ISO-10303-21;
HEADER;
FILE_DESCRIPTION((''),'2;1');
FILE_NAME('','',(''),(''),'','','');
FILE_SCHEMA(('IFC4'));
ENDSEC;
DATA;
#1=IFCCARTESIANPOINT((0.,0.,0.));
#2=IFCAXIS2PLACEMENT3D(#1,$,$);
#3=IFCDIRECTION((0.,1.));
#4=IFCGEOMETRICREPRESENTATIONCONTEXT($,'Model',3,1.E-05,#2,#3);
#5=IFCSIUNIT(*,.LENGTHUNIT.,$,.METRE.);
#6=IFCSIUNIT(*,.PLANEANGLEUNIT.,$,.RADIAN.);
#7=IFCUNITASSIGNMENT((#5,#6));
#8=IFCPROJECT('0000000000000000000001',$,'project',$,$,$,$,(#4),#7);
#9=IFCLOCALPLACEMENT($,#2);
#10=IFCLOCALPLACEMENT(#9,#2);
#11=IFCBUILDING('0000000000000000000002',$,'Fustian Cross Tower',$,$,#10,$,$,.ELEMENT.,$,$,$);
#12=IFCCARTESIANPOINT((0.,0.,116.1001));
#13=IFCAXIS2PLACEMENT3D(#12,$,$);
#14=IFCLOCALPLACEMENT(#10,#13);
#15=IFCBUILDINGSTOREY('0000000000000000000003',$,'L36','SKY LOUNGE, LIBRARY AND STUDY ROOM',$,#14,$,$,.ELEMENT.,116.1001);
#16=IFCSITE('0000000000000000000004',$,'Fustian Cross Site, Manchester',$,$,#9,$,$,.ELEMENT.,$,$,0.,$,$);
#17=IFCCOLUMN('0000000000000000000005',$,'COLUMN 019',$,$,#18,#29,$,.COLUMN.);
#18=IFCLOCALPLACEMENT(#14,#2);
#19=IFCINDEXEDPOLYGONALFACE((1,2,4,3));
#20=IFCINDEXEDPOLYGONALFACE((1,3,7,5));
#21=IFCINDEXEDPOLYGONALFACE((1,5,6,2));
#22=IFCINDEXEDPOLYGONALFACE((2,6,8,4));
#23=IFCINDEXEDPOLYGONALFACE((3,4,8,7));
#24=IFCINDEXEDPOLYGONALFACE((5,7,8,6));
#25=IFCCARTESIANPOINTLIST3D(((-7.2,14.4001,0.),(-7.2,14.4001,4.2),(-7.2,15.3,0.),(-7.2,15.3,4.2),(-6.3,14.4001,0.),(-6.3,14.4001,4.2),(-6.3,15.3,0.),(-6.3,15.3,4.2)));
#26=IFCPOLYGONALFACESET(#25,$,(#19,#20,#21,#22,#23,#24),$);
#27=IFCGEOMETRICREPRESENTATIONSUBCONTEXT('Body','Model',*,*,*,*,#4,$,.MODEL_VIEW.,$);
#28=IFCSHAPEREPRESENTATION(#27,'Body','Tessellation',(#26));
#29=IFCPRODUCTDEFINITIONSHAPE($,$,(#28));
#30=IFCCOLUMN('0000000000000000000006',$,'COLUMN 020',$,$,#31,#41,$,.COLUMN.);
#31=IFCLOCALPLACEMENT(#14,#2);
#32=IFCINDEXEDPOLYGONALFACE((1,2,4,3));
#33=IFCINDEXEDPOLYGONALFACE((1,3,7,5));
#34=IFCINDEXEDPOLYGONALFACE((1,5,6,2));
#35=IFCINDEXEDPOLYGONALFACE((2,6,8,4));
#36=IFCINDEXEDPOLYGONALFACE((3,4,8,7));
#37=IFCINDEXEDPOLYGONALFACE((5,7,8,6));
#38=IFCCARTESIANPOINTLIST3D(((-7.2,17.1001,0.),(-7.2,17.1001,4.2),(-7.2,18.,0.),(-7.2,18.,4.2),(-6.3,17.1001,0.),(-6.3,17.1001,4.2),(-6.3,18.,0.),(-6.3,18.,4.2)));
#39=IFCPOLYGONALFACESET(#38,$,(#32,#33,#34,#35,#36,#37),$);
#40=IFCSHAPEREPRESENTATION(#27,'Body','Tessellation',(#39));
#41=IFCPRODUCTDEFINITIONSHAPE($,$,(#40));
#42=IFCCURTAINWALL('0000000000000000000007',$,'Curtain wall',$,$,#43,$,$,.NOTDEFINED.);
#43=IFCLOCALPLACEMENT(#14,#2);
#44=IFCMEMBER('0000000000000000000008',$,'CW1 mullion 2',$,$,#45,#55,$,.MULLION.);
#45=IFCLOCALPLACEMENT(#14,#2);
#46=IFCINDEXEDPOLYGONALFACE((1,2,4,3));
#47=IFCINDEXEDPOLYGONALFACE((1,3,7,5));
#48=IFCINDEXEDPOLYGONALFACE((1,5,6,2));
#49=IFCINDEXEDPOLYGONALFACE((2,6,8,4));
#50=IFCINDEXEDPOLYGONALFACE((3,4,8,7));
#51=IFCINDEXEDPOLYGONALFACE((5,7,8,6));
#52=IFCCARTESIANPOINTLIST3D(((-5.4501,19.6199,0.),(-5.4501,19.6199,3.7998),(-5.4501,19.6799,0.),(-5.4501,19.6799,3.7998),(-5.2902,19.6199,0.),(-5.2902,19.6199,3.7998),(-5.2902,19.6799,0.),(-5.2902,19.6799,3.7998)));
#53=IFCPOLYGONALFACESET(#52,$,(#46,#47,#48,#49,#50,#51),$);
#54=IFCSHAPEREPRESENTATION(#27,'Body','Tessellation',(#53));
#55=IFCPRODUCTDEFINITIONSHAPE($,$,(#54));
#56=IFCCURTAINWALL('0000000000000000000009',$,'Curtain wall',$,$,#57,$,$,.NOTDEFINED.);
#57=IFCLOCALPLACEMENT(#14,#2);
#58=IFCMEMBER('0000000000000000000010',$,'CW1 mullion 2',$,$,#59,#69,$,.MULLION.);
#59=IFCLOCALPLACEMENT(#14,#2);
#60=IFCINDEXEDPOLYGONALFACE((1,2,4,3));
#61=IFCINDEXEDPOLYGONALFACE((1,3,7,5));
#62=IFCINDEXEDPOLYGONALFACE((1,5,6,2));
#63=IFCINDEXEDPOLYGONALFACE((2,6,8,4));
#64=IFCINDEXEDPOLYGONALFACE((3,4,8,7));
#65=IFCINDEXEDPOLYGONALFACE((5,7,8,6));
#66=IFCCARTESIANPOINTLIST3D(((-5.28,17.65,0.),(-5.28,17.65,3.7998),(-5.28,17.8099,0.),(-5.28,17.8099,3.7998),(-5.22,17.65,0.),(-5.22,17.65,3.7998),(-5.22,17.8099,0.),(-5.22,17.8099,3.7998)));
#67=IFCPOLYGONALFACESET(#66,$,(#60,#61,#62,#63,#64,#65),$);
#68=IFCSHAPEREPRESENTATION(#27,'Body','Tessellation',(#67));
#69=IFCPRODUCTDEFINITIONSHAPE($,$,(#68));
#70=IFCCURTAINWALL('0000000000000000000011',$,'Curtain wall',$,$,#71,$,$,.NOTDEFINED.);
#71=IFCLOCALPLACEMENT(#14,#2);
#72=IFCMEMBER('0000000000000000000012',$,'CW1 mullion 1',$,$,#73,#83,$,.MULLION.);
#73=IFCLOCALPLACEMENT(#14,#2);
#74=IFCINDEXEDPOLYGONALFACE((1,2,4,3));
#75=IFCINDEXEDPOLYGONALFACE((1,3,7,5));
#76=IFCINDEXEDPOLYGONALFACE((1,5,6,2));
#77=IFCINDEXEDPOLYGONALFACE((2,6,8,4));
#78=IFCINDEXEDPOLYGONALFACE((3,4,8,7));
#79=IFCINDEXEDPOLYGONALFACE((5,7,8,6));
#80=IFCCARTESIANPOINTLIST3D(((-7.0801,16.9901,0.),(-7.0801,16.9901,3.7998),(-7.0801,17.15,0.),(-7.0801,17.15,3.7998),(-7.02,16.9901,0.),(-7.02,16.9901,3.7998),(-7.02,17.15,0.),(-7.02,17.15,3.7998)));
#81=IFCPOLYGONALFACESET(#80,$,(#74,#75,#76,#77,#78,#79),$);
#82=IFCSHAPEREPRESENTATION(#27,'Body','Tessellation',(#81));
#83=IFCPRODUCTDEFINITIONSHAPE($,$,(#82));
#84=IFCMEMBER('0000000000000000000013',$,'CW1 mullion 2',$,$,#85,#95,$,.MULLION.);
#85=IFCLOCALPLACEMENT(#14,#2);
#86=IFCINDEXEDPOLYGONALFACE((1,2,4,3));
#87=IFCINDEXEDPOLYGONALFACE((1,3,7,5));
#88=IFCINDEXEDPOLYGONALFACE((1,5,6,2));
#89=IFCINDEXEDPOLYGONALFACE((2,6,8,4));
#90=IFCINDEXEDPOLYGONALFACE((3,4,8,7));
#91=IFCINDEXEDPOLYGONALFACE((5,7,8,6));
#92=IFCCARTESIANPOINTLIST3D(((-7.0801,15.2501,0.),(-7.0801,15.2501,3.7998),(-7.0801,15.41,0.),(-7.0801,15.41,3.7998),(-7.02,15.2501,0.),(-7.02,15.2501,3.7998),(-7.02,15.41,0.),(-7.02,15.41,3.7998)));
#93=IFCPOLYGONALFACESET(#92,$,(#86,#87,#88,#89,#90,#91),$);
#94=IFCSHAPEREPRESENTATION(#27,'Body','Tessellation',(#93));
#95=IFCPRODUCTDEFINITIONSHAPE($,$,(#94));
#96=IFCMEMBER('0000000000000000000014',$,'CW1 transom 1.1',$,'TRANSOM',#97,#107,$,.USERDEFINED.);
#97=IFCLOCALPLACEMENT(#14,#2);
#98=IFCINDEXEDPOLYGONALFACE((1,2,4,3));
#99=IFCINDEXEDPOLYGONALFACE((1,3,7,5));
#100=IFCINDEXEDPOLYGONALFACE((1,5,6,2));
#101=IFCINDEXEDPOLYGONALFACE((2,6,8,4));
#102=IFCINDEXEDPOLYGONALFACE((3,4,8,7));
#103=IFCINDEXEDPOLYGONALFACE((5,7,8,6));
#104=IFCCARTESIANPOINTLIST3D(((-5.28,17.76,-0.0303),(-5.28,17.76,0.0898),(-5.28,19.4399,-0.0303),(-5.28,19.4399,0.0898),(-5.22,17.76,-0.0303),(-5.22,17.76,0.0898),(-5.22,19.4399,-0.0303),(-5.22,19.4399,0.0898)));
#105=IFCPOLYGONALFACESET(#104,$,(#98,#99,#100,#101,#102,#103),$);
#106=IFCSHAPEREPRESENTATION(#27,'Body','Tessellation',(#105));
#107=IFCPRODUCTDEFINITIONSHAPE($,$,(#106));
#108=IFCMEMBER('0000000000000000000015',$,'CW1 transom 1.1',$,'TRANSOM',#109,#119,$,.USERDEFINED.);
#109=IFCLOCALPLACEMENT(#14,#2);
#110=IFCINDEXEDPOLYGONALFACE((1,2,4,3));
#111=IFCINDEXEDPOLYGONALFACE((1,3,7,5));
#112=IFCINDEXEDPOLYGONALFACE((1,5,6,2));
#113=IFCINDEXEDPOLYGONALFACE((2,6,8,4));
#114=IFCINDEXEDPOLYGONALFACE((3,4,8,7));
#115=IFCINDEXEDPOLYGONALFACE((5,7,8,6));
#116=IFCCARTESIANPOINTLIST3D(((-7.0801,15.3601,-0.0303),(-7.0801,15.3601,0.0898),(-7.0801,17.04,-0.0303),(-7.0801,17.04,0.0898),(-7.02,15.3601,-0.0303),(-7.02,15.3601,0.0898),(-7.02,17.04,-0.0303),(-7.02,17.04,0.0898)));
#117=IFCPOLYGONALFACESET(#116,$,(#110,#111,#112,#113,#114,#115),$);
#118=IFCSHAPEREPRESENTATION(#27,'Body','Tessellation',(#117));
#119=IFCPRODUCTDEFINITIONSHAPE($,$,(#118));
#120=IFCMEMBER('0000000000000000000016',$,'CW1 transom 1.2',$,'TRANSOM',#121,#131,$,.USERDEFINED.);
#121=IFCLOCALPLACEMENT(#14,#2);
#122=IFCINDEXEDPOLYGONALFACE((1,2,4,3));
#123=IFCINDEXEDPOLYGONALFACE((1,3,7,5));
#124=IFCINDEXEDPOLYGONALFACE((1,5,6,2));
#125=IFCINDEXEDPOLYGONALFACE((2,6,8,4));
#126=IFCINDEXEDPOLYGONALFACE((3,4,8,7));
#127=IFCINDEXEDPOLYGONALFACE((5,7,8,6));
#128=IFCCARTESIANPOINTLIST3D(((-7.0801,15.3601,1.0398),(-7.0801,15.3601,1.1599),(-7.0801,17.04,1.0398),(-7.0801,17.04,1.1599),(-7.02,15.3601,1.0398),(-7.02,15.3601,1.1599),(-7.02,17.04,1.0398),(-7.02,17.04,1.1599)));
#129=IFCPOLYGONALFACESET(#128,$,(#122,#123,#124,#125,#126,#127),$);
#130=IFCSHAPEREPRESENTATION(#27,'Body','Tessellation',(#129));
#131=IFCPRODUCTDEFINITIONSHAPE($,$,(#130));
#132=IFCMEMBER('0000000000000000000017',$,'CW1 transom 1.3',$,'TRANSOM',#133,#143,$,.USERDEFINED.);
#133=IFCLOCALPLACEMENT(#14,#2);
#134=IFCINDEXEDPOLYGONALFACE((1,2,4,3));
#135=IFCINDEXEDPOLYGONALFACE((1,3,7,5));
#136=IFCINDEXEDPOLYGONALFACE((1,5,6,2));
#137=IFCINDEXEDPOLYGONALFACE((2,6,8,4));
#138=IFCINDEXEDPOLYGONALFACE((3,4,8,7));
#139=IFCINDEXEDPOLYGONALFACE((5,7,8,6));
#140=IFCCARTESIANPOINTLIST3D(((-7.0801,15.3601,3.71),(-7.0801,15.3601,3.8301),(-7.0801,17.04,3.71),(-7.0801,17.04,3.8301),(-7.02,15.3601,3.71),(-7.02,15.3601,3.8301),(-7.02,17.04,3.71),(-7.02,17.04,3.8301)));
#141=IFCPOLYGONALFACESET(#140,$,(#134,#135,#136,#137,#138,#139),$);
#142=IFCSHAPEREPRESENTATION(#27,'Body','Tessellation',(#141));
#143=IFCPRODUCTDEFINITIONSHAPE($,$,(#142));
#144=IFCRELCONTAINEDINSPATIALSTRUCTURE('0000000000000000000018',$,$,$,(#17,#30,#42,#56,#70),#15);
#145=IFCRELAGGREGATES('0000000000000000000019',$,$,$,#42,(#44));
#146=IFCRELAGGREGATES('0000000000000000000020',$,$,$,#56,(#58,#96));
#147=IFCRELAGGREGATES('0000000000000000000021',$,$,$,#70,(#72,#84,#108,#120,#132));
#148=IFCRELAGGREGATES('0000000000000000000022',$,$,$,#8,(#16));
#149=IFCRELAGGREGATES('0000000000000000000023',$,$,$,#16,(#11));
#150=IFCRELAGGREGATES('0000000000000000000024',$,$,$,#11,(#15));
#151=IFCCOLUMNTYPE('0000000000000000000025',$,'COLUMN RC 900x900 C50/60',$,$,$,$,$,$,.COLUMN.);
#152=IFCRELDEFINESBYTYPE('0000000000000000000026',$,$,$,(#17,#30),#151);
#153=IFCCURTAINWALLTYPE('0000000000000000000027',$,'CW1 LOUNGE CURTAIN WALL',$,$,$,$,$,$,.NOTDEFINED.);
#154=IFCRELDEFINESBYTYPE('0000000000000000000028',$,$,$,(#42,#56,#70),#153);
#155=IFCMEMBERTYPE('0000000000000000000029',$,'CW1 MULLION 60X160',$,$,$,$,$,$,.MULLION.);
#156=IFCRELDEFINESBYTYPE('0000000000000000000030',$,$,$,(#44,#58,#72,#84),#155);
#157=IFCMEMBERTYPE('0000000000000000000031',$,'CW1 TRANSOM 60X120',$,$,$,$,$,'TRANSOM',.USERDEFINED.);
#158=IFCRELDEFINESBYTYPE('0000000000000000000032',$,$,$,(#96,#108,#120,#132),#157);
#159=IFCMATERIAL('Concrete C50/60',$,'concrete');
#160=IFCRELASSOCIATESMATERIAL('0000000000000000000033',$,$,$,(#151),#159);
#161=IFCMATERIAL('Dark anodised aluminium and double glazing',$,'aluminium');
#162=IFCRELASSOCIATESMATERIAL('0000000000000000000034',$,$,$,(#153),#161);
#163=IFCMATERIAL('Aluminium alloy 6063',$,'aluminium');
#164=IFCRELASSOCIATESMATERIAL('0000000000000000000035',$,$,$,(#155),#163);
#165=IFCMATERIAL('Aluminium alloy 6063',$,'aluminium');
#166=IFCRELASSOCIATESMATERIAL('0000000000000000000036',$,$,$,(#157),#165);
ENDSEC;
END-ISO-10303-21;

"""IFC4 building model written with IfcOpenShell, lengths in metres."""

from ifc_helpers import new_model, si_unit, direction, frame, origin, origin_2d, place, context, subcontext, project, spatial, rectangle, extrude, material, material_profile, profile_set, type_object, element, aggregate, save


model = new_model("IFC4")

# Units and contexts
model_context = context("Model", 3, precision=1e-05, world=origin(), true_north=direction((0.0, 1.0)))
body_context = subcontext(model_context, "Body", "Model", "MODEL_VIEW")
ifc_project = project(units=[si_unit("LENGTHUNIT", "METRE"), si_unit("PLANEANGLEUNIT", "RADIAN")], contexts=[model_context])

# Site, building, storey
site_placement = place(None, origin())
site = spatial("IfcSite", under=ifc_project, at=site_placement, Name="Fustian Cross Site, Manchester", CompositionType="ELEMENT", RefElevation=0.0)
building_placement = place(site_placement, origin())
building = spatial("IfcBuilding", under=site, at=building_placement, Name="Fustian Cross Tower", CompositionType="ELEMENT")
storey_placement = place(building_placement, frame((0.0, 0.0, 116.1001)))
storey = spatial("IfcBuildingStorey", under=building, at=storey_placement, Name="L36", Description="SKY LOUNGE, LIBRARY AND STUDY ROOM", CompositionType="ELEMENT", Elevation=116.1001)

# Columns
ifc_material_1 = material(Name="Concrete C50/60", Category="concrete")
ifc_material_profile_1 = material_profile(ifc_material_1, rectangle(XDim=0.8999, YDim=0.8999, at=origin_2d()), Name="RC 900x900")
ifc_profile_set_1 = profile_set([ifc_material_profile_1], Name="Concrete C50/60")
column_type = type_object("IfcColumnType", Name="COLUMN RC 900x900 C50/60", PredefinedType="COLUMN", material=ifc_profile_set_1)
for number, where, z_axis, x_axis, name in (
    (1, (-6.75, 14.8501, 0.0), (0.0, 0.0, 1.0), (1.0, 0.0, 0.0), "COLUMN 019"),
    (2, (-6.75, 17.55, 0.0), (0.0, 0.0, 1.0), (1.0, 0.0, 0.0), "COLUMN 020"),
):
    element("IfcColumn", number, at=place(storey_placement, frame(where, z_axis=z_axis, x_axis=x_axis)), inside=storey, type_object=column_type, Name=name, PredefinedType="COLUMN", context=body_context, shape_type="SweptSolid", body=[
        extrude(rectangle(XDim=0.8999, YDim=0.8999, at=origin_2d()), origin(), (0.0, 0.0, 1.0), 4.2),
    ])

# Curtain walls, members
ifc_material_2 = material(Name="Dark anodised aluminium and double glazing", Category="aluminium")
curtain_wall_type = type_object("IfcCurtainWallType", Name="CW1 LOUNGE CURTAIN WALL", PredefinedType="NOTDEFINED", material=ifc_material_2)
curtain_wall_1_placement = place(storey_placement, origin())
curtain_wall_1 = element("IfcCurtainWall", 3, at=curtain_wall_1_placement, inside=storey, type_object=curtain_wall_type, Name="Curtain wall", PredefinedType="NOTDEFINED")
ifc_material_3 = material(Name="Aluminium alloy 6063", Category="aluminium")
ifc_material_profile_2 = material_profile(ifc_material_3, rectangle(XDim=0.0601, YDim=0.1599, at=origin_2d()), Name="CW1 MULLION 60X160")
ifc_profile_set_2 = profile_set([ifc_material_profile_2], Name="Aluminium alloy 6063")
member_type_1 = type_object("IfcMemberType", Name="CW1 MULLION 60X160", PredefinedType="MULLION", material=ifc_profile_set_2)
member_1_placement = place(storey_placement, frame((-5.3701, 19.6499, 0.0), z_axis=(0.0, 0.0, 1.0), x_axis=(0.0, -1.0, 0.0)))
member_1 = element("IfcMember", 4, at=member_1_placement, type_object=member_type_1, Name="CW1 mullion 2", PredefinedType="MULLION", context=body_context, shape_type="SweptSolid", body=[
    extrude(rectangle(XDim=0.0601, YDim=0.1599, at=origin_2d()), origin(), (0.0, 0.0, 1.0), 3.7998),
])
aggregate(curtain_wall_1, [member_1])
curtain_wall_2_placement = place(storey_placement, origin())
curtain_wall_2 = element("IfcCurtainWall", 5, at=curtain_wall_2_placement, inside=storey, type_object=curtain_wall_type, Name="Curtain wall", PredefinedType="NOTDEFINED")
member_2_placement = place(storey_placement, frame((-5.25, 17.73, 0.0), z_axis=(0.0, 0.0, 1.0), x_axis=(1.0, 0.0, 0.0)))
member_2 = element("IfcMember", 6, at=member_2_placement, type_object=member_type_1, Name="CW1 mullion 2", PredefinedType="MULLION", context=body_context, shape_type="SweptSolid", body=[
    extrude(rectangle(XDim=0.0601, YDim=0.1599, at=origin_2d()), origin(), (0.0, 0.0, 1.0), 3.7998),
])

# Curtain wall, members
curtain_wall_3_placement = place(storey_placement, origin())
curtain_wall_3 = element("IfcCurtainWall", 7, at=curtain_wall_3_placement, inside=storey, type_object=curtain_wall_type, Name="Curtain wall", PredefinedType="NOTDEFINED")
member_3_placement = place(storey_placement, frame((-7.05, 17.0701, 0.0), z_axis=(0.0, 0.0, 1.0), x_axis=(1.0, 0.0, 0.0)))
member_3 = element("IfcMember", 8, at=member_3_placement, type_object=member_type_1, Name="CW1 mullion 1", PredefinedType="MULLION", context=body_context, shape_type="SweptSolid", body=[
    extrude(rectangle(XDim=0.0601, YDim=0.1599, at=origin_2d()), origin(), (0.0, 0.0, 1.0), 3.7998),
])
member_4_placement = place(storey_placement, frame((-7.05, 15.3301, 0.0), z_axis=(0.0, 0.0, 1.0), x_axis=(1.0, 0.0, 0.0)))
member_4 = element("IfcMember", 9, at=member_4_placement, type_object=member_type_1, Name="CW1 mullion 2", PredefinedType="MULLION", context=body_context, shape_type="SweptSolid", body=[
    extrude(rectangle(XDim=0.0601, YDim=0.1599, at=origin_2d()), origin(), (0.0, 0.0, 1.0), 3.7998),
])

# Members
ifc_material_4 = material(Name="Aluminium alloy 6063", Category="aluminium")
ifc_material_profile_3 = material_profile(ifc_material_4, rectangle(XDim=0.0601, YDim=0.1201, at=origin_2d()), Name="CW1 TRANSOM 60X120")
ifc_profile_set_3 = profile_set([ifc_material_profile_3], Name="Aluminium alloy 6063")
member_type_2 = type_object("IfcMemberType", Name="CW1 TRANSOM 60X120", ElementType="TRANSOM", PredefinedType="USERDEFINED", material=ifc_profile_set_3)
member_5_placement = place(storey_placement, frame((-5.25, 19.4399, 0.0298), z_axis=(0.0, -1.0, 0.0), x_axis=(1.0, 0.0, 0.0)))
member_5 = element("IfcMember", 10, at=member_5_placement, type_object=member_type_2, Name="CW1 transom 1.1", ObjectType="TRANSOM", PredefinedType="USERDEFINED", context=body_context, shape_type="SweptSolid", body=[
    extrude(rectangle(XDim=0.0601, YDim=0.1201, at=origin_2d()), origin(), (0.0, 0.0, 1.0), 1.6799),
])
member_6_placement = place(storey_placement, frame((-7.05, 17.04, 0.0298), z_axis=(0.0, -1.0, 0.0), x_axis=(1.0, 0.0, 0.0)))
member_6 = element("IfcMember", 11, at=member_6_placement, type_object=member_type_2, Name="CW1 transom 1.1", ObjectType="TRANSOM", PredefinedType="USERDEFINED", context=body_context, shape_type="SweptSolid", body=[
    extrude(rectangle(XDim=0.0601, YDim=0.1201, at=origin_2d()), origin(), (0.0, 0.0, 1.0), 1.6799),
])
member_7_placement = place(storey_placement, frame((-7.05, 17.04, 1.0999), z_axis=(0.0, -1.0, 0.0), x_axis=(1.0, 0.0, 0.0)))
member_7 = element("IfcMember", 12, at=member_7_placement, type_object=member_type_2, Name="CW1 transom 1.2", ObjectType="TRANSOM", PredefinedType="USERDEFINED", context=body_context, shape_type="SweptSolid", body=[
    extrude(rectangle(XDim=0.0601, YDim=0.1201, at=origin_2d()), origin(), (0.0, 0.0, 1.0), 1.6799),
])
member_8_placement = place(storey_placement, frame((-7.05, 17.04, 3.77), z_axis=(0.0, -1.0, 0.0), x_axis=(1.0, 0.0, 0.0)))
member_8 = element("IfcMember", 13, at=member_8_placement, type_object=member_type_2, Name="CW1 transom 1.3", ObjectType="TRANSOM", PredefinedType="USERDEFINED", context=body_context, shape_type="SweptSolid", body=[
    extrude(rectangle(XDim=0.0601, YDim=0.1201, at=origin_2d()), origin(), (0.0, 0.0, 1.0), 1.6799),
])

aggregate(curtain_wall_2, [member_2, member_5])
aggregate(curtain_wall_3, [member_3, member_4, member_6, member_7, member_8])

save(model, "model.ifc")
